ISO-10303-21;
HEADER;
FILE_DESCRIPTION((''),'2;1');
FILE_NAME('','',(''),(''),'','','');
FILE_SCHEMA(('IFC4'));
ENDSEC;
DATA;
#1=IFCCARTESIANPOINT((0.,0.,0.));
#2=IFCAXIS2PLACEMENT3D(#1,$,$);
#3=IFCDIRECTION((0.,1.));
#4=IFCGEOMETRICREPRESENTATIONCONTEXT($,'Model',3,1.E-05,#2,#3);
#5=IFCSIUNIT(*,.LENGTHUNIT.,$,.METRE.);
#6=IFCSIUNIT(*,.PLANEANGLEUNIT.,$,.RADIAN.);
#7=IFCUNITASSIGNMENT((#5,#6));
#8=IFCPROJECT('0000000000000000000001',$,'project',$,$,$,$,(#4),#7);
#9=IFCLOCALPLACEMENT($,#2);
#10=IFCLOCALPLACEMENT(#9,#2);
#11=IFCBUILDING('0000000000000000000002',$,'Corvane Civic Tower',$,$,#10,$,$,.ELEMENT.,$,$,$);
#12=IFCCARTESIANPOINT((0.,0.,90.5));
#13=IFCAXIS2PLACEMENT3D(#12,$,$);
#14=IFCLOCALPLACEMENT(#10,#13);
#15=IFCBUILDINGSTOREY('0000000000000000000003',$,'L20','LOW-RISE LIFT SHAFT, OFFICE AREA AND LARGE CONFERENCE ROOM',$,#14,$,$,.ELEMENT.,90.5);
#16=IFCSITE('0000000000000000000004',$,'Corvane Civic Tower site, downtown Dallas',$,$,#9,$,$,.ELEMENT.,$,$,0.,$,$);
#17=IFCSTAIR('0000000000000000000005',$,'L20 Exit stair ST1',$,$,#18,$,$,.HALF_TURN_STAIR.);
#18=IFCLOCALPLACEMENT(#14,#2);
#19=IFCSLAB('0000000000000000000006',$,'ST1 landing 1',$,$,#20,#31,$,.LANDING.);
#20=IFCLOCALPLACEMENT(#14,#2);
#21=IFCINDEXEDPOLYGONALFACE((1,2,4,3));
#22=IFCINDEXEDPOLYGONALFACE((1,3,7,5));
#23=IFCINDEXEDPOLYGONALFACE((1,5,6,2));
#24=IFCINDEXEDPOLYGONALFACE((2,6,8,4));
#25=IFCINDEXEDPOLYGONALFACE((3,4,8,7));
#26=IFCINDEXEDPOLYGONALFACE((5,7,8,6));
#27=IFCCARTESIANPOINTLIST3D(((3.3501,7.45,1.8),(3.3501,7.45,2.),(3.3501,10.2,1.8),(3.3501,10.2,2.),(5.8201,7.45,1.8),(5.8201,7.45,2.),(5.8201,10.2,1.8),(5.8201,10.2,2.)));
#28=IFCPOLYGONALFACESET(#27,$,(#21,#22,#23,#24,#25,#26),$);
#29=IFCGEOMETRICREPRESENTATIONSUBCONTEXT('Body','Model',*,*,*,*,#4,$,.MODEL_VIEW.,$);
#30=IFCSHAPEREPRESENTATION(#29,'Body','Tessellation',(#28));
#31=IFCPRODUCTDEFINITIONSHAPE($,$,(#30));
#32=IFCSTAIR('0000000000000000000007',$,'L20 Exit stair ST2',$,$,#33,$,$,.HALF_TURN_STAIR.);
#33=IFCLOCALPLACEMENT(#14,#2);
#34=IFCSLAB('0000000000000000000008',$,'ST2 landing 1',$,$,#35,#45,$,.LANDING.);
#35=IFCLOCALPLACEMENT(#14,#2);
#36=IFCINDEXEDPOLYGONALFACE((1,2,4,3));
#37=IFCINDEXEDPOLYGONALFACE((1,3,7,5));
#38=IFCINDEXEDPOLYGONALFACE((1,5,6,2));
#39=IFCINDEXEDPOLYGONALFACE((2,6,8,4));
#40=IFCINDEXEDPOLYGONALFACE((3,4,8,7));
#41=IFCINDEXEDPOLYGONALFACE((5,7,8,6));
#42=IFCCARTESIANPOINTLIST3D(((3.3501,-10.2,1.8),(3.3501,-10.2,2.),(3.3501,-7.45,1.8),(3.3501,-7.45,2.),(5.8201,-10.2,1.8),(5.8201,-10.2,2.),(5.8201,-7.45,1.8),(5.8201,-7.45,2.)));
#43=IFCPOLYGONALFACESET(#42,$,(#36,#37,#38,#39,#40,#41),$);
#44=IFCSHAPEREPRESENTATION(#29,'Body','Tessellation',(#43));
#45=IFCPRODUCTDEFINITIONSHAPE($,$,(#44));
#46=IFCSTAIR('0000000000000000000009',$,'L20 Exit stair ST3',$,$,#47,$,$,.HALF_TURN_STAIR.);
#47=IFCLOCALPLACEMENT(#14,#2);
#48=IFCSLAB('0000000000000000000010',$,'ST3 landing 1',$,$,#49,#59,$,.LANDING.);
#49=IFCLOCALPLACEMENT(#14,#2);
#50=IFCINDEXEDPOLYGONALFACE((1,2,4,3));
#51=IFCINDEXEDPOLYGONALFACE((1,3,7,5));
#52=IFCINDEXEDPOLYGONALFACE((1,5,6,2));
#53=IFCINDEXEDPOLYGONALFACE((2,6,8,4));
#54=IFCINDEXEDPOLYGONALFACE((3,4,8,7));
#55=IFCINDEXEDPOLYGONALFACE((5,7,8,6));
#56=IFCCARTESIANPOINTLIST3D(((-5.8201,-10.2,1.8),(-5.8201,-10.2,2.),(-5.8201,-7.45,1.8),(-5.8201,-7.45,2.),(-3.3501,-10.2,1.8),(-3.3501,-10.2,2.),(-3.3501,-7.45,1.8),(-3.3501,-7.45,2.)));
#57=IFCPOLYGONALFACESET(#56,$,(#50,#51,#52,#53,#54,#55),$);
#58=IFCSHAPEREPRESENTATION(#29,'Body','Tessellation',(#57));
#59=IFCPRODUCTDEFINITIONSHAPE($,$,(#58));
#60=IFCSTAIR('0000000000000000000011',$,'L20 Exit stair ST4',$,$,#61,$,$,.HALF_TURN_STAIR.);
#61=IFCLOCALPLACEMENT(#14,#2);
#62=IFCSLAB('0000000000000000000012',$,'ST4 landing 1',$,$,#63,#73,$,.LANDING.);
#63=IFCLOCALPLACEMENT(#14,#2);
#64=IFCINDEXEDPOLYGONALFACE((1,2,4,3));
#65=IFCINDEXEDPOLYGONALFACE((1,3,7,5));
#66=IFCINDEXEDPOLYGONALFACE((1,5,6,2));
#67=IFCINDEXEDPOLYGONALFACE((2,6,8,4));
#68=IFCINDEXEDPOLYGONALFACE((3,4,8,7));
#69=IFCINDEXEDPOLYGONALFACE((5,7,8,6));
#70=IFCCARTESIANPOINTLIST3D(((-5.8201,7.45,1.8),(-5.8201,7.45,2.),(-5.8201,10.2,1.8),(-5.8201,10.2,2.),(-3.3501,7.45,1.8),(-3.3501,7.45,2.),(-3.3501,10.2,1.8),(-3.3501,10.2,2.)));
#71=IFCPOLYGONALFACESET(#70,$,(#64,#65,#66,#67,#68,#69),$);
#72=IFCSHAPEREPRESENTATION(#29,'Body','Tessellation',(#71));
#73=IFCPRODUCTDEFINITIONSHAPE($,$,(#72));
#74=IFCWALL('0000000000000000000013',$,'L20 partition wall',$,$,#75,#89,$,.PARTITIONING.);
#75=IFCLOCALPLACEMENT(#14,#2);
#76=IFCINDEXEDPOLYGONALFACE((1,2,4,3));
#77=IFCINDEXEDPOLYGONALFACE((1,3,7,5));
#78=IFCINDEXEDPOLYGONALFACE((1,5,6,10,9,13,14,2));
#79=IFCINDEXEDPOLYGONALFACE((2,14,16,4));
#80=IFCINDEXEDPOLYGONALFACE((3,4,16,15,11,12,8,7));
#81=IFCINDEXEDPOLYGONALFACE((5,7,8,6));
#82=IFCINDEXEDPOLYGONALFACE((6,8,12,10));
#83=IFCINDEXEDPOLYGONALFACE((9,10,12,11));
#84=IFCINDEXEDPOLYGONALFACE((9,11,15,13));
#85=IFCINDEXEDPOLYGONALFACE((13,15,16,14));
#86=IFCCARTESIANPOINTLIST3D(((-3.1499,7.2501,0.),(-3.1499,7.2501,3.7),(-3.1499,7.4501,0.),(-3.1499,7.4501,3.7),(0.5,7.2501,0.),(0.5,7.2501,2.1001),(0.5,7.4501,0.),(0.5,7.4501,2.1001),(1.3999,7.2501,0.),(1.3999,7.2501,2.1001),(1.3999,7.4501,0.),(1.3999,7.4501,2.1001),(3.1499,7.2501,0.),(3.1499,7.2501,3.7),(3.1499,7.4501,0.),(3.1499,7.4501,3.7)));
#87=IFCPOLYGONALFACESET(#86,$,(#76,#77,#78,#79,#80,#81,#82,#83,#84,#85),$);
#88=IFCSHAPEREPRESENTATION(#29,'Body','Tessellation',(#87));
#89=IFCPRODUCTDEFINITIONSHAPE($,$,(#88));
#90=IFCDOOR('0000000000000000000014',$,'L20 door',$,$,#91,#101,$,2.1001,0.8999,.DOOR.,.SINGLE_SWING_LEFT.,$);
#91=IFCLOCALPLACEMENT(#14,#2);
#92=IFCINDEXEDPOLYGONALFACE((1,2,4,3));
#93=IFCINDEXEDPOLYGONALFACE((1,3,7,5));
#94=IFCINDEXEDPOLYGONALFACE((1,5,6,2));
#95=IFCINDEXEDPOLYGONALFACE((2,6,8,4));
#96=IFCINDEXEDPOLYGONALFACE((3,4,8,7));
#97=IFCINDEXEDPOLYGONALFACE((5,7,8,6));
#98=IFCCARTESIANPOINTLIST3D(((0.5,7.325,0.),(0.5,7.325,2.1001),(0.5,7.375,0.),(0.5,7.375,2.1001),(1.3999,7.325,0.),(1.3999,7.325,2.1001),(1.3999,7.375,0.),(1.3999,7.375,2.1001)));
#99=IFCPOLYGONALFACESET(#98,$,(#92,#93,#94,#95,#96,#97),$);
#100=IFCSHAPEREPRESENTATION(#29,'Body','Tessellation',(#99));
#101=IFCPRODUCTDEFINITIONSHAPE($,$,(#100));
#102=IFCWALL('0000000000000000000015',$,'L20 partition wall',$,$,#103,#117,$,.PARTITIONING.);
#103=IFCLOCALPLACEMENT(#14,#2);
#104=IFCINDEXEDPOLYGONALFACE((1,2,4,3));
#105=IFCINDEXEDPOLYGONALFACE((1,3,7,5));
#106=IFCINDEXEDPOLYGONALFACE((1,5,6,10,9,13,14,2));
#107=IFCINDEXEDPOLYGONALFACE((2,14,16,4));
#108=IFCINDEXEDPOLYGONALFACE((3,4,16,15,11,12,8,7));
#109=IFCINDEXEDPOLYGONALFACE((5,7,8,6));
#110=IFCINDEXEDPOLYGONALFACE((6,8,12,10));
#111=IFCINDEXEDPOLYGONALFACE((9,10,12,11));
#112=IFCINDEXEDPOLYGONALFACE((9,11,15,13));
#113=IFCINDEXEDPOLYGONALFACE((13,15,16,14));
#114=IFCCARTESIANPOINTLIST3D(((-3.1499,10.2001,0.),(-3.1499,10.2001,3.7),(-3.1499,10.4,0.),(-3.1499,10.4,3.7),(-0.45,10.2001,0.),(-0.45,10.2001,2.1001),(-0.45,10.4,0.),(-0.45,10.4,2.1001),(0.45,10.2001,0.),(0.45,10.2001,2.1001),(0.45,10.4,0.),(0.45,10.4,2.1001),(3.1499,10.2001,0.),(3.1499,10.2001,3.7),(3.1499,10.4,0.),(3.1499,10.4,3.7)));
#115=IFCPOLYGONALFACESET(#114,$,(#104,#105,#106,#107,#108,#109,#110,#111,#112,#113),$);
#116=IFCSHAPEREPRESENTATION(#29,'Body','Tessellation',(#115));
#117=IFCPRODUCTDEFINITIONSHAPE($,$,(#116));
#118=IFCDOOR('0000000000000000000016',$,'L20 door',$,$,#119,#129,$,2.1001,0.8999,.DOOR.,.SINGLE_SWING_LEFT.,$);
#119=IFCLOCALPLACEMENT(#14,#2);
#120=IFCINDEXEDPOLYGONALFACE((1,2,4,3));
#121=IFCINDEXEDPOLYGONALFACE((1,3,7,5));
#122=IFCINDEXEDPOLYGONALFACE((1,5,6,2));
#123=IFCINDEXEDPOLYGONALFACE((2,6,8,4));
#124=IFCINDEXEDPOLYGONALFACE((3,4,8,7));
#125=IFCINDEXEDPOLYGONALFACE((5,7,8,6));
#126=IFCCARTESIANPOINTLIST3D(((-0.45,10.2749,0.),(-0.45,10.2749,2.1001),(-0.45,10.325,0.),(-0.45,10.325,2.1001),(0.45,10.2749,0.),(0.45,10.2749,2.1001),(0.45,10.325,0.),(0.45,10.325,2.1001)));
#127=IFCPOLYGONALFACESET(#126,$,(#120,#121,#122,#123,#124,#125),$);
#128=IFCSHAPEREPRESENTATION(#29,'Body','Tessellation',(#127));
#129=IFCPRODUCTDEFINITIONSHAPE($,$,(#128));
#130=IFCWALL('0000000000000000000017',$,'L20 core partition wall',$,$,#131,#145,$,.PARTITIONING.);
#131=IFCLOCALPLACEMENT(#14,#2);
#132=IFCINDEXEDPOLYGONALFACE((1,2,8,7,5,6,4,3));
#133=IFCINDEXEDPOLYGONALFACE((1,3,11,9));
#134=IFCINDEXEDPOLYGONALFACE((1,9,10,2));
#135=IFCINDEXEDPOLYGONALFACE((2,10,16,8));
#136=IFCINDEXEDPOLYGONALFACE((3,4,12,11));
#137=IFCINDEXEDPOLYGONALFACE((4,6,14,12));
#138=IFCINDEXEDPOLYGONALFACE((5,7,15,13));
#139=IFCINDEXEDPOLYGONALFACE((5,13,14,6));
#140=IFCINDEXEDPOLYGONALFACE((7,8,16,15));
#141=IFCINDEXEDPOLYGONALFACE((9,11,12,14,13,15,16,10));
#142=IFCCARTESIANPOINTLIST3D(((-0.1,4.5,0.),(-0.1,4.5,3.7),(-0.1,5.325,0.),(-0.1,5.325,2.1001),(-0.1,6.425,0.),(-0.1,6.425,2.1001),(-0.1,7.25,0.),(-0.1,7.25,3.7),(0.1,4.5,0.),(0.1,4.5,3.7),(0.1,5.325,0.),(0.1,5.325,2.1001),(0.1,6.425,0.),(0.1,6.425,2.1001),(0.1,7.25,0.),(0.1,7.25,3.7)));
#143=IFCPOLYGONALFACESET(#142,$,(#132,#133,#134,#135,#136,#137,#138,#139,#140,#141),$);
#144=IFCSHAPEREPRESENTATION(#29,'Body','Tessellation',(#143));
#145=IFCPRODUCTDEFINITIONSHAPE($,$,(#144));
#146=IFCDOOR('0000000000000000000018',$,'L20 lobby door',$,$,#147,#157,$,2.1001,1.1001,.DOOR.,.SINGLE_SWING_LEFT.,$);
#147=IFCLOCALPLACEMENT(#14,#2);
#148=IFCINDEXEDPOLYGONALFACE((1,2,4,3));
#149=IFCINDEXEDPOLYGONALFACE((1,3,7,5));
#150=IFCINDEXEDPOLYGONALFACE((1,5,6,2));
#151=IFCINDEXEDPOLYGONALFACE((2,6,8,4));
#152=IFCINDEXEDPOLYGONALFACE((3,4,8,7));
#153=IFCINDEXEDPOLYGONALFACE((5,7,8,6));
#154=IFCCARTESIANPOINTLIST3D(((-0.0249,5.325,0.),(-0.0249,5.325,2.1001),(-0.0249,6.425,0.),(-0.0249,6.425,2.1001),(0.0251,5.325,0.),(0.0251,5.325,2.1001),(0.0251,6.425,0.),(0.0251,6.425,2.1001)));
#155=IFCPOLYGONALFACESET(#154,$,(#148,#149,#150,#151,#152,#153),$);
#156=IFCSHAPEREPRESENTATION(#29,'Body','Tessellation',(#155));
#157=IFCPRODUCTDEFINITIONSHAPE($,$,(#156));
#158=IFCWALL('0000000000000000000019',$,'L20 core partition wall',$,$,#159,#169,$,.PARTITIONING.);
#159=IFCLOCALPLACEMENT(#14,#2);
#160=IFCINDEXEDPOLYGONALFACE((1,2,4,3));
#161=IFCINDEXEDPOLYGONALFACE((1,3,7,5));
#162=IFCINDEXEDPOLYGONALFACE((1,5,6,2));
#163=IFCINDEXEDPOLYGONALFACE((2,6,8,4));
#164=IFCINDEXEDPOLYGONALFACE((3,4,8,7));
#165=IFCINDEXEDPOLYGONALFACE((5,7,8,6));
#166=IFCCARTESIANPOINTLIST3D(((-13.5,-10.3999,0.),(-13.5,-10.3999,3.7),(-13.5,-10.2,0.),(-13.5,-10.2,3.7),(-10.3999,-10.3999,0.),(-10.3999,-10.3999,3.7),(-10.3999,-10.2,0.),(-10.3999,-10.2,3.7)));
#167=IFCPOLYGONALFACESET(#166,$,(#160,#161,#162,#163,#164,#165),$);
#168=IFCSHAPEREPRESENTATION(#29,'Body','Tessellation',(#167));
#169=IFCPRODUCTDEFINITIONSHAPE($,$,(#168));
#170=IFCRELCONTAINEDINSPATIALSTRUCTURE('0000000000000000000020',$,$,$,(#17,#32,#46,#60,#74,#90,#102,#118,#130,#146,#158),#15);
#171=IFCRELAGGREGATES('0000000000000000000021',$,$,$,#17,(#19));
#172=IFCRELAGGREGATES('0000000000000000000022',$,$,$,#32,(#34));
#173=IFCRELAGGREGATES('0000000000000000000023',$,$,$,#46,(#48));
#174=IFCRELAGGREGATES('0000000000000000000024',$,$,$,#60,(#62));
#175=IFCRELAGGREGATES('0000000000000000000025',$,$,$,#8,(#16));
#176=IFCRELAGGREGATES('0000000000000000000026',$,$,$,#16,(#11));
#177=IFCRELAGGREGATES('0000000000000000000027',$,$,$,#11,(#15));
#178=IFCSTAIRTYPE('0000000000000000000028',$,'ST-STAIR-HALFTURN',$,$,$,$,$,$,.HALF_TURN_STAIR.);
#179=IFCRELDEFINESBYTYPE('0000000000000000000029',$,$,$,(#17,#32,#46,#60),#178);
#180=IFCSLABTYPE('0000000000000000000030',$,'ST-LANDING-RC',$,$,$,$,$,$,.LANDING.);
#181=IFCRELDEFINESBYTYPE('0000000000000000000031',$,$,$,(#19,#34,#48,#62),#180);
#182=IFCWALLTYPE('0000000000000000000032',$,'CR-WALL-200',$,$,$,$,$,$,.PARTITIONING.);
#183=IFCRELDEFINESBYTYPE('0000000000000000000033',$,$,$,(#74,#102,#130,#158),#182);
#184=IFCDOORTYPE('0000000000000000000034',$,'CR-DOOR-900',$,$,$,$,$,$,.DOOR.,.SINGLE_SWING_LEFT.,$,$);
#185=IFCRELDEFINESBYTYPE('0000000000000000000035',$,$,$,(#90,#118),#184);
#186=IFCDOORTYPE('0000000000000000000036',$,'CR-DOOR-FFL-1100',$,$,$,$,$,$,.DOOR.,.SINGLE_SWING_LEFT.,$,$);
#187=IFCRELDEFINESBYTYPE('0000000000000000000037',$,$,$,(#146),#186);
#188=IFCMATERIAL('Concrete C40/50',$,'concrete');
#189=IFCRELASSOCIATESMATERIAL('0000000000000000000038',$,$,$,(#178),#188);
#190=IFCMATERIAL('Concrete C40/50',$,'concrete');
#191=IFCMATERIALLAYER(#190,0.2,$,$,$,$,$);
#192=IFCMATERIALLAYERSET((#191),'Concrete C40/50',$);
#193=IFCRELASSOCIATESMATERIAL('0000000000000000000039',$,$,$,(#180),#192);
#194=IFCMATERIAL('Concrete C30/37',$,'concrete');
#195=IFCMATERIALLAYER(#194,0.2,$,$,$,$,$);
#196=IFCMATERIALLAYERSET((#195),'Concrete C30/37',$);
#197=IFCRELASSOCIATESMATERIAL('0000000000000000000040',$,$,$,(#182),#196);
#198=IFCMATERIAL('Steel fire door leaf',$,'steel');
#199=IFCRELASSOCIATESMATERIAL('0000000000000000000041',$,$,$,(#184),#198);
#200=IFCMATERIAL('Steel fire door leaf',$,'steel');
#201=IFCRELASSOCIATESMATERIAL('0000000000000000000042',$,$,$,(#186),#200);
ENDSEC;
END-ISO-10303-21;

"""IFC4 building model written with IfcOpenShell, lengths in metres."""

from ifc_helpers import new_model, si_unit, direction, frame, frame_2d, origin, place, context, subcontext, project, spatial, polyline, rectangle, outline, extrude, material, layer, layer_set, type_object, element, fill, aggregate, save


model = new_model("IFC4")

# Units and contexts
model_context = context("Model", 3, precision=1e-05, world=origin(), true_north=direction((0.0, 1.0)))
body_context = subcontext(model_context, "Body", "Model", "MODEL_VIEW")
ifc_project = project(units=[si_unit("LENGTHUNIT", "METRE"), si_unit("PLANEANGLEUNIT", "RADIAN")], contexts=[model_context])

# Site, building, storey
site_placement = place(None, origin())
site = spatial("IfcSite", under=ifc_project, at=site_placement, Name="Corvane Civic Tower site, downtown Dallas", CompositionType="ELEMENT", RefElevation=0.0)
building_placement = place(site_placement, origin())
building = spatial("IfcBuilding", under=site, at=building_placement, Name="Corvane Civic Tower", CompositionType="ELEMENT")
storey_placement = place(building_placement, frame((0.0, 0.0, 90.5)))
storey = spatial("IfcBuildingStorey", under=building, at=storey_placement, Name="L20", Description="LOW-RISE LIFT SHAFT, OFFICE AREA AND LARGE CONFERENCE ROOM", CompositionType="ELEMENT", Elevation=90.5)

# Stairs, slabs
ifc_material_1 = material(Name="Concrete C40/50", Category="concrete")
stair_type = type_object("IfcStairType", Name="ST-STAIR-HALFTURN", PredefinedType="HALF_TURN_STAIR", material=ifc_material_1)
stair_1_placement = place(storey_placement, origin())
stair_1 = element("IfcStair", 1, at=stair_1_placement, inside=storey, type_object=stair_type, Name="L20 Exit stair ST1", PredefinedType="HALF_TURN_STAIR")
ifc_material_2 = material(Name="Concrete C40/50", Category="concrete")
ifc_layer_1 = layer(ifc_material_2, 0.2)
ifc_layer_set_1 = layer_set([ifc_layer_1], Name="Concrete C40/50")
slab_type_1 = type_object("IfcSlabType", Name="ST-LANDING-RC", PredefinedType="LANDING", material=ifc_layer_set_1)
slab_1_placement = place(storey_placement, frame((0.0, 0.0, 1.8)))
slab_1 = element("IfcSlab", 2, at=slab_1_placement, type_object=slab_type_1, Name="ST1 landing 1", PredefinedType="LANDING", context=body_context, shape_type="SweptSolid", body=[
    extrude(outline(polyline([(5.8201, 10.2), (3.3501, 10.2), (3.3501, 7.45), (5.8201, 7.45), (5.8201, 10.2)])), origin(), (0.0, 0.0, 1.0), 0.2),
])
aggregate(stair_1, [slab_1])
stair_2_placement = place(storey_placement, origin())
stair_2 = element("IfcStair", 3, at=stair_2_placement, inside=storey, type_object=stair_type, Name="L20 Exit stair ST2", PredefinedType="HALF_TURN_STAIR")
slab_2_placement = place(storey_placement, frame((0.0, 0.0, 1.8)))
slab_2 = element("IfcSlab", 4, at=slab_2_placement, type_object=slab_type_1, Name="ST2 landing 1", PredefinedType="LANDING", context=body_context, shape_type="SweptSolid", body=[
    extrude(outline(polyline([(5.8201, -7.45), (3.3501, -7.45), (3.3501, -10.2), (5.8201, -10.2), (5.8201, -7.45)])), origin(), (0.0, 0.0, 1.0), 0.2),
])
aggregate(stair_2, [slab_2])
stair_3_placement = place(storey_placement, origin())
stair_3 = element("IfcStair", 5, at=stair_3_placement, inside=storey, type_object=stair_type, Name="L20 Exit stair ST3", PredefinedType="HALF_TURN_STAIR")
slab_3_placement = place(storey_placement, frame((0.0, 0.0, 1.8)))
slab_3 = element("IfcSlab", 6, at=slab_3_placement, type_object=slab_type_1, Name="ST3 landing 1", PredefinedType="LANDING", context=body_context, shape_type="SweptSolid", body=[
    extrude(outline(polyline([(-5.8201, -10.2), (-3.3501, -10.2), (-3.3501, -7.45), (-5.8201, -7.45), (-5.8201, -10.2)])), origin(), (0.0, 0.0, 1.0), 0.2),
])
aggregate(stair_3, [slab_3])
stair_4_placement = place(storey_placement, origin())
stair_4 = element("IfcStair", 7, at=stair_4_placement, inside=storey, type_object=stair_type, Name="L20 Exit stair ST4", PredefinedType="HALF_TURN_STAIR")
slab_4_placement = place(storey_placement, frame((0.0, 0.0, 1.8)))
slab_4 = element("IfcSlab", 8, at=slab_4_placement, type_object=slab_type_1, Name="ST4 landing 1", PredefinedType="LANDING", context=body_context, shape_type="SweptSolid", body=[
    extrude(outline(polyline([(-5.8201, 7.45), (-3.3501, 7.45), (-3.3501, 10.2), (-5.8201, 10.2), (-5.8201, 7.45)])), origin(), (0.0, 0.0, 1.0), 0.2),
])
aggregate(stair_4, [slab_4])

# Walls, openings, doors
ifc_material_3 = material(Name="Concrete C30/37", Category="concrete")
ifc_layer_2 = layer(ifc_material_3, 0.2)
ifc_layer_set_2 = layer_set([ifc_layer_2], Name="Concrete C30/37")
wall_type = type_object("IfcWallType", Name="CR-WALL-200", PredefinedType="PARTITIONING", material=ifc_layer_set_2)
wall_1_placement = place(storey_placement, frame((-3.1499, 7.3501, 0.0), z_axis=(0.0, 0.0, 1.0), x_axis=(1.0, 0.0, 0.0)))
wall_1 = element("IfcWall", 9, at=wall_1_placement, inside=storey, type_object=wall_type, Name="L20 partition wall", PredefinedType="PARTITIONING", context=body_context, shape_type="SweptSolid", body=[
    extrude(rectangle(XDim=6.2998, YDim=0.2, at=frame_2d((3.1499, 0.0))), origin(), (0.0, 0.0, 1.0), 3.7),
])
opening_1_placement = place(wall_1_placement, frame((3.6499, 0.0, 0.0)))
opening_1 = element("IfcOpeningElement", 10, at=opening_1_placement, cuts=wall_1, PredefinedType="OPENING", context=body_context, shape_type="SweptSolid", body=[
    extrude(rectangle(XDim=0.8999, YDim=2.1001, at=frame_2d((0.45, 1.05))), frame((0.0, 0.1099, 0.0), z_axis=(0.0, -1.0, 0.0), x_axis=(1.0, 0.0, 0.0)), (0.0, 0.0, 1.0), 0.22),
])
ifc_material_4 = material(Name="Steel fire door leaf", Category="steel")
door_type_1 = type_object("IfcDoorType", Name="CR-DOOR-900", OperationType="SINGLE_SWING_LEFT", PredefinedType="DOOR", material=ifc_material_4)
door_1_placement = place(opening_1_placement, origin())
door_1 = element("IfcDoor", 11, at=door_1_placement, inside=storey, type_object=door_type_1, Name="L20 door", OperationType="SINGLE_SWING_LEFT", OverallHeight=2.1001, OverallWidth=0.8999, PredefinedType="DOOR", context=body_context, shape_type="SweptSolid", body=[
    extrude(rectangle(XDim=0.8999, YDim=2.1001, at=frame_2d((0.45, 1.05))), frame((0.0, 0.0249, 0.0), z_axis=(0.0, -1.0, 0.0), x_axis=(1.0, 0.0, 0.0)), (0.0, 0.0, 1.0), 0.05),
])
fill(opening_1, door_1)
wall_2_placement = place(storey_placement, frame((-3.1499, 10.3, 0.0), z_axis=(0.0, 0.0, 1.0), x_axis=(1.0, 0.0, 0.0)))
wall_2 = element("IfcWall", 12, at=wall_2_placement, inside=storey, type_object=wall_type, Name="L20 partition wall", PredefinedType="PARTITIONING", context=body_context, shape_type="SweptSolid", body=[
    extrude(rectangle(XDim=6.2998, YDim=0.2, at=frame_2d((3.1499, 0.0))), origin(), (0.0, 0.0, 1.0), 3.7),
])
opening_2_placement = place(wall_2_placement, frame((2.7, 0.0, 0.0)))
opening_2 = element("IfcOpeningElement", 13, at=opening_2_placement, cuts=wall_2, PredefinedType="OPENING", context=body_context, shape_type="SweptSolid", body=[
    extrude(rectangle(XDim=0.8999, YDim=2.1001, at=frame_2d((0.45, 1.05))), frame((0.0, 0.1099, 0.0), z_axis=(0.0, -1.0, 0.0), x_axis=(1.0, 0.0, 0.0)), (0.0, 0.0, 1.0), 0.22),
])
door_2_placement = place(opening_2_placement, origin())
door_2 = element("IfcDoor", 14, at=door_2_placement, inside=storey, type_object=door_type_1, Name="L20 door", OperationType="SINGLE_SWING_LEFT", OverallHeight=2.1001, OverallWidth=0.8999, PredefinedType="DOOR", context=body_context, shape_type="SweptSolid", body=[
    extrude(rectangle(XDim=0.8999, YDim=2.1001, at=frame_2d((0.45, 1.05))), frame((0.0, 0.0249, 0.0), z_axis=(0.0, -1.0, 0.0), x_axis=(1.0, 0.0, 0.0)), (0.0, 0.0, 1.0), 0.05),
])
fill(opening_2, door_2)
wall_3_placement = place(storey_placement, frame((0.0, 4.5, 0.0), z_axis=(0.0, 0.0, 1.0), x_axis=(0.0, 1.0, 0.0)))
wall_3 = element("IfcWall", 15, at=wall_3_placement, inside=storey, type_object=wall_type, Name="L20 core partition wall", PredefinedType="PARTITIONING", context=body_context, shape_type="SweptSolid", body=[
    extrude(rectangle(XDim=2.75, YDim=0.2, at=frame_2d((1.375, 0.0))), origin(), (0.0, 0.0, 1.0), 3.7),
])
opening_3_placement = place(wall_3_placement, frame((0.825, 0.0, 0.0)))
opening_3 = element("IfcOpeningElement", 16, at=opening_3_placement, cuts=wall_3, PredefinedType="OPENING", context=body_context, shape_type="SweptSolid", body=[
    extrude(rectangle(XDim=1.1001, YDim=2.1001, at=frame_2d((0.55, 1.05))), frame((0.0, 0.1099, 0.0), z_axis=(0.0, -1.0, 0.0), x_axis=(1.0, 0.0, 0.0)), (0.0, 0.0, 1.0), 0.22),
])
ifc_material_5 = material(Name="Steel fire door leaf", Category="steel")
door_type_2 = type_object("IfcDoorType", Name="CR-DOOR-FFL-1100", OperationType="SINGLE_SWING_LEFT", PredefinedType="DOOR", material=ifc_material_5)
door_3_placement = place(opening_3_placement, origin())
door_3 = element("IfcDoor", 17, at=door_3_placement, inside=storey, type_object=door_type_2, Name="L20 lobby door", OperationType="SINGLE_SWING_LEFT", OverallHeight=2.1001, OverallWidth=1.1001, PredefinedType="DOOR", context=body_context, shape_type="SweptSolid", body=[
    extrude(rectangle(XDim=1.1001, YDim=2.1001, at=frame_2d((0.55, 1.05))), frame((0.0, 0.0249, 0.0), z_axis=(0.0, -1.0, 0.0), x_axis=(1.0, 0.0, 0.0)), (0.0, 0.0, 1.0), 0.05),
])
fill(opening_3, door_3)

# Wall
wall_4_placement = place(storey_placement, origin())
element("IfcWall", 18, at=wall_4_placement, inside=storey, type_object=wall_type, Name="L20 core partition wall", PredefinedType="PARTITIONING", context=body_context, shape_type="SweptSolid", body=[
    extrude(outline(polyline([(-10.3999, -10.3999), (-13.5, -10.3999), (-13.5, -10.2), (-10.3999, -10.2), (-10.3999, -10.3999)])), origin(), (0.0, 0.0, 1.0), 3.7),
])

save(model, "model.ifc")
